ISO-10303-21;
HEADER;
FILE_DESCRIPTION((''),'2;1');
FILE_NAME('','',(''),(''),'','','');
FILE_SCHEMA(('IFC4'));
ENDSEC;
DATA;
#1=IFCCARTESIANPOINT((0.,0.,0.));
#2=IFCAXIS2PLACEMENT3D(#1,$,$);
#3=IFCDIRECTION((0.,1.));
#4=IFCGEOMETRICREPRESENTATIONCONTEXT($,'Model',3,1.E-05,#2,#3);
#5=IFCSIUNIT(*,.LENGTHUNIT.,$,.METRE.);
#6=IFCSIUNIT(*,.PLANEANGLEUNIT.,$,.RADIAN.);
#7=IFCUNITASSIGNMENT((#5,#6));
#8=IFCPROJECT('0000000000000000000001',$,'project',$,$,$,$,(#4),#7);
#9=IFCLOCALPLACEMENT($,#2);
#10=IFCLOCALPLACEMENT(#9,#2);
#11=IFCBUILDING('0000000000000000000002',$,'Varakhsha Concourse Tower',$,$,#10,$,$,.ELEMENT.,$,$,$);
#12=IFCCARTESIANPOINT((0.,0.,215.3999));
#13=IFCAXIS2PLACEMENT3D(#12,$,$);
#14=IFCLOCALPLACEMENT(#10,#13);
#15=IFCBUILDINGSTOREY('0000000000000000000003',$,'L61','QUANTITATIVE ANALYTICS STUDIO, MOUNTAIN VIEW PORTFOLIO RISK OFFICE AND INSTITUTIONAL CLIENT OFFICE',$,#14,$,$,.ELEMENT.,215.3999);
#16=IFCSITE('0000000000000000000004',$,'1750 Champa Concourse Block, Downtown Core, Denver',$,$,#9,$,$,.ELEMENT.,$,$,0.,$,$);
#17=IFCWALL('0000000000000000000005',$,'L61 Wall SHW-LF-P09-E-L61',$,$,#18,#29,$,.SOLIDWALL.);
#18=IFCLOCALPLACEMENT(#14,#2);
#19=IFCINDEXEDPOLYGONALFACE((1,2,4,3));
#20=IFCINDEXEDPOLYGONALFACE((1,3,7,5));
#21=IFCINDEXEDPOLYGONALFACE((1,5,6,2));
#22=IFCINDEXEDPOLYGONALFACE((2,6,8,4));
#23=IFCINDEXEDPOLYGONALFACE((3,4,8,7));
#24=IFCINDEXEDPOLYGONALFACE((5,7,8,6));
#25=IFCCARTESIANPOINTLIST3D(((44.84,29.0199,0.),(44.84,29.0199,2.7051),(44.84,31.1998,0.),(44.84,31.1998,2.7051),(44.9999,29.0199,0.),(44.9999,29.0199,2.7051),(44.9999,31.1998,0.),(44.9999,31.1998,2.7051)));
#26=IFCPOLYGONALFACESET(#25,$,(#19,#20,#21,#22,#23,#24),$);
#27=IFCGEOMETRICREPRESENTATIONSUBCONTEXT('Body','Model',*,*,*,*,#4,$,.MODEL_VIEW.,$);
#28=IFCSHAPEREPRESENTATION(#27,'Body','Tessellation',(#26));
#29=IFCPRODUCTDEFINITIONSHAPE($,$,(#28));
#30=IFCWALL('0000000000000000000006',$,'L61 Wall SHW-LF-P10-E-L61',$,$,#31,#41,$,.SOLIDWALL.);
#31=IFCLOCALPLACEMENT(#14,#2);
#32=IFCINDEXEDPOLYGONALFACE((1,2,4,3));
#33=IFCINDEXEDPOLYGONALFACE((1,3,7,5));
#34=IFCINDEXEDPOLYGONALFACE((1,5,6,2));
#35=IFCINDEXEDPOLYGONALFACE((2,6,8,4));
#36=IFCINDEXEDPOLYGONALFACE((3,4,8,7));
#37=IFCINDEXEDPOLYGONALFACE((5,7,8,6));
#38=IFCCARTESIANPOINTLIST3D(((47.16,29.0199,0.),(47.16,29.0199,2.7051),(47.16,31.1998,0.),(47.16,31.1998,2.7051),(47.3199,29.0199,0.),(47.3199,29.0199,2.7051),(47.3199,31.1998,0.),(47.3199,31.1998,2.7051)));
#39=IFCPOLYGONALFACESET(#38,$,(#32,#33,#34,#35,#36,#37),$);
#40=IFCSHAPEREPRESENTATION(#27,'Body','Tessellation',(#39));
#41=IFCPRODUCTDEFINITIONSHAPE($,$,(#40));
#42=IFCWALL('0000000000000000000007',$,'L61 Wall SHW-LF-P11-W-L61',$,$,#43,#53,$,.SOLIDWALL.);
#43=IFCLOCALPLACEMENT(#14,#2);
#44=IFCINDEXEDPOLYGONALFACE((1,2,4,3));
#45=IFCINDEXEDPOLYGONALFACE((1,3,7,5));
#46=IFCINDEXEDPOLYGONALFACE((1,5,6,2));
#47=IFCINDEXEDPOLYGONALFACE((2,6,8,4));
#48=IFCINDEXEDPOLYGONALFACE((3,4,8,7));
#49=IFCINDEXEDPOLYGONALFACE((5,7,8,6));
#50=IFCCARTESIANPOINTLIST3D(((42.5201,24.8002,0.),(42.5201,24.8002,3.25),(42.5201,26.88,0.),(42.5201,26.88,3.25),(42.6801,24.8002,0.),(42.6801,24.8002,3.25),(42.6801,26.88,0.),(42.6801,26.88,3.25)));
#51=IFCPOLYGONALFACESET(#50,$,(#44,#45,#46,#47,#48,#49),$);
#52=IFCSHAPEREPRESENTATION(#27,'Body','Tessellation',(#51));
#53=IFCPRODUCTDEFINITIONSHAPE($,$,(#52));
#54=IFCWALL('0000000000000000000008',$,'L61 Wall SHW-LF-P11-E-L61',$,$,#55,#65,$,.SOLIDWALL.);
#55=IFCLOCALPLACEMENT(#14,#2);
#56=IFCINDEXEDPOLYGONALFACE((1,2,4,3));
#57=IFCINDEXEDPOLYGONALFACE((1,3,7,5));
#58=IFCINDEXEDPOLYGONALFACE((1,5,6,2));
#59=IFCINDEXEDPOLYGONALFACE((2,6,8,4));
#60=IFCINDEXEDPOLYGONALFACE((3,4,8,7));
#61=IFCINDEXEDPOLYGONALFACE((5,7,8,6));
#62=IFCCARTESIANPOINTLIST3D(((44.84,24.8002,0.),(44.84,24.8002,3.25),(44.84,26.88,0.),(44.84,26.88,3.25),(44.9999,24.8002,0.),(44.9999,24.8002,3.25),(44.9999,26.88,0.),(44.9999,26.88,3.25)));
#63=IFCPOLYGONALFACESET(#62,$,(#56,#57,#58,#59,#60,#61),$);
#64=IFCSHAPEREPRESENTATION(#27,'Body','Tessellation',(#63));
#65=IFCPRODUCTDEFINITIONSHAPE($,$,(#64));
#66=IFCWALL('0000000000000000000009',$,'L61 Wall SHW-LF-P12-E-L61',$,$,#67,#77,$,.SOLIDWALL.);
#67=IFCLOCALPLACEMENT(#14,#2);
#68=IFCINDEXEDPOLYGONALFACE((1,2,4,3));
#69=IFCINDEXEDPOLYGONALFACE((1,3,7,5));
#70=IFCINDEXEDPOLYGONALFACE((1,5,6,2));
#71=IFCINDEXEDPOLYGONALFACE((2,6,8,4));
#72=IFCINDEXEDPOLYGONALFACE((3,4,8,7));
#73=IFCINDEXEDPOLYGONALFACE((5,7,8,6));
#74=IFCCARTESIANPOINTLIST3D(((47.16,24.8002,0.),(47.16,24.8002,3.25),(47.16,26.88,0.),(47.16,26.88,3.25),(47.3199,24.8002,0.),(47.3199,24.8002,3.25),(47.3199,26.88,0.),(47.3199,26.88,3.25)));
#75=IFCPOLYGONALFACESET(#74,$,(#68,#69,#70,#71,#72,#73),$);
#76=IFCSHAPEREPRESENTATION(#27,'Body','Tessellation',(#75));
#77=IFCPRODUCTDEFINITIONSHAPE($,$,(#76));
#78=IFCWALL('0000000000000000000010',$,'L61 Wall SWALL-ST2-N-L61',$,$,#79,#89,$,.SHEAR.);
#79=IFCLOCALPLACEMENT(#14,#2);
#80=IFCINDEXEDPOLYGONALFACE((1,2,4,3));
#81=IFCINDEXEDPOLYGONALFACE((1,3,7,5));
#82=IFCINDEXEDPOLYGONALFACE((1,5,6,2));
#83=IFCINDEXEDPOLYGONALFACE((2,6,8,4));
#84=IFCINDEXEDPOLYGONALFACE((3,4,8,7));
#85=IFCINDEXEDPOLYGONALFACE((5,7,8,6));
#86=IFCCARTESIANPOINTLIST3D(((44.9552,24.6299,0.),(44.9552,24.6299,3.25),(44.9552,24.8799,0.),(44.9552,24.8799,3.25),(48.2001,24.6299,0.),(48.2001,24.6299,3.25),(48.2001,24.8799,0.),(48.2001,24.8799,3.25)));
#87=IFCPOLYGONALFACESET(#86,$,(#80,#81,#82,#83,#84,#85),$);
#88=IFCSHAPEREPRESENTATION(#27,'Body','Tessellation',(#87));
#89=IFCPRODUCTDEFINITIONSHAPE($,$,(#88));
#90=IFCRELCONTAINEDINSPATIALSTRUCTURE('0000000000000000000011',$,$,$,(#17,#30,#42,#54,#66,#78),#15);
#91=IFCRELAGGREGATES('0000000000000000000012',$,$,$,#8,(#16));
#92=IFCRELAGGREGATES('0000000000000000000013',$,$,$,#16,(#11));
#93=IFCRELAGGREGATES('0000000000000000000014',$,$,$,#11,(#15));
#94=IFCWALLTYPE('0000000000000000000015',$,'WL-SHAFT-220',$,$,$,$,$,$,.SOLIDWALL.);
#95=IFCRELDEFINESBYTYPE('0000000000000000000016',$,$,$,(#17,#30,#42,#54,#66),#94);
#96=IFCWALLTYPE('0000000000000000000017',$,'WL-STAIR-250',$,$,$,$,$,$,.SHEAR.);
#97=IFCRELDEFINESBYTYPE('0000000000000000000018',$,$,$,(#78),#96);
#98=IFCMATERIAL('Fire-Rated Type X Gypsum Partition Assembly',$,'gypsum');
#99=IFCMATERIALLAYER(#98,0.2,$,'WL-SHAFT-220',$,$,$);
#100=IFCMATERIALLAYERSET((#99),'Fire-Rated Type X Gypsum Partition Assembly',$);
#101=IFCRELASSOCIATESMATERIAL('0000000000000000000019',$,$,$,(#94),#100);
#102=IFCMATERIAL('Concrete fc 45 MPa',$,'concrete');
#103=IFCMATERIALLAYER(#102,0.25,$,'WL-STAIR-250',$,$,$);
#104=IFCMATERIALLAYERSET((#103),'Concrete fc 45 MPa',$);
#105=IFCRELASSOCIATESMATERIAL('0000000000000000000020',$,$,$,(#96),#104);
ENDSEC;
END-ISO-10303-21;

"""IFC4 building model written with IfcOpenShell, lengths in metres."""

from ifc_helpers import new_model, si_unit, direction, frame, frame_2d, origin, place, context, subcontext, project, spatial, rectangle, extrude, material, layer, layer_set, type_object, element, save


model = new_model("IFC4")

# Units and contexts
model_context = context("Model", 3, precision=1e-05, world=origin(), true_north=direction((0.0, 1.0)))
body_context = subcontext(model_context, "Body", "Model", "MODEL_VIEW")
ifc_project = project(units=[si_unit("LENGTHUNIT", "METRE"), si_unit("PLANEANGLEUNIT", "RADIAN")], contexts=[model_context])

# Site, building, storey
site_placement = place(None, origin())
site = spatial("IfcSite", under=ifc_project, at=site_placement, Name="1750 Champa Concourse Block, Downtown Core, Denver", CompositionType="ELEMENT", RefElevation=0.0)
building_placement = place(site_placement, origin())
building = spatial("IfcBuilding", under=site, at=building_placement, Name="Varakhsha Concourse Tower", CompositionType="ELEMENT")
storey_placement = place(building_placement, frame((0.0, 0.0, 215.3999)))
storey = spatial("IfcBuildingStorey", under=building, at=storey_placement, Name="L61", Description="QUANTITATIVE ANALYTICS STUDIO, MOUNTAIN VIEW PORTFOLIO RISK OFFICE AND INSTITUTIONAL CLIENT OFFICE", CompositionType="ELEMENT", Elevation=215.3999)

# Walls
ifc_material_1 = material(Name="Fire-Rated Type X Gypsum Partition Assembly", Category="gypsum")
ifc_layer_1 = layer(ifc_material_1, 0.2, Name="WL-SHAFT-220")
ifc_layer_set_1 = layer_set([ifc_layer_1], Name="Fire-Rated Type X Gypsum Partition Assembly")
wall_type_1 = type_object("IfcWallType", Name="WL-SHAFT-220", PredefinedType="SOLIDWALL", material=ifc_layer_set_1)
for number, where, z_axis, x_axis, name in (
    (1, (44.9199, 29.02, 0.0), (0.0, 0.0, 1.0), (0.0, 1.0, 0.0), "L61 Wall SHW-LF-P09-E-L61"),
    (2, (47.24, 29.02, 0.0), (0.0, 0.0, 1.0), (0.0, 1.0, 0.0), "L61 Wall SHW-LF-P10-E-L61"),
):
    element("IfcWall", number, at=place(storey_placement, frame(where, z_axis=z_axis, x_axis=x_axis)), inside=storey, type_object=wall_type_1, Name=name, PredefinedType="SOLIDWALL", context=body_context, shape_type="SweptSolid", body=[
        extrude(rectangle(XDim=2.1799, YDim=0.1599, at=frame_2d((1.0898, 0.0))), origin(), (0.0, 0.0, 1.0), 2.7051),
    ])
for number, where, z_axis, x_axis, name in (
    (3, (42.6001, 24.8, 0.0), (0.0, 0.0, 1.0), (0.0, 1.0, 0.0), "L61 Wall SHW-LF-P11-W-L61"),
    (4, (44.9199, 24.8, 0.0), (0.0, 0.0, 1.0), (0.0, 1.0, 0.0), "L61 Wall SHW-LF-P11-E-L61"),
    (5, (47.24, 24.8, 0.0), (0.0, 0.0, 1.0), (0.0, 1.0, 0.0), "L61 Wall SHW-LF-P12-E-L61"),
):
    element("IfcWall", number, at=place(storey_placement, frame(where, z_axis=z_axis, x_axis=x_axis)), inside=storey, type_object=wall_type_1, Name=name, PredefinedType="SOLIDWALL", context=body_context, shape_type="SweptSolid", body=[
        extrude(rectangle(XDim=2.0798, YDim=0.1599, at=frame_2d((1.04, 0.0))), origin(), (0.0, 0.0, 1.0), 3.25),
    ])
ifc_material_2 = material(Name="Concrete fc 45 MPa", Category="concrete")
ifc_layer_2 = layer(ifc_material_2, 0.25, Name="WL-STAIR-250")
ifc_layer_set_2 = layer_set([ifc_layer_2], Name="Concrete fc 45 MPa")
wall_type_2 = type_object("IfcWallType", Name="WL-STAIR-250", PredefinedType="SHEAR", material=ifc_layer_set_2)
wall_1_placement = place(storey_placement, frame((44.9551, 24.7549, 0.0), z_axis=(0.0, 0.0, 1.0), x_axis=(1.0, 0.0, 0.0)))
element("IfcWall", 6, at=wall_1_placement, inside=storey, type_object=wall_type_2, Name="L61 Wall SWALL-ST2-N-L61", PredefinedType="SHEAR", context=body_context, shape_type="SweptSolid", body=[
    extrude(rectangle(XDim=3.2449, YDim=0.25, at=frame_2d((1.6226, 0.0))), origin(), (0.0, 0.0, 1.0), 3.25),
])

save(model, "model.ifc")
